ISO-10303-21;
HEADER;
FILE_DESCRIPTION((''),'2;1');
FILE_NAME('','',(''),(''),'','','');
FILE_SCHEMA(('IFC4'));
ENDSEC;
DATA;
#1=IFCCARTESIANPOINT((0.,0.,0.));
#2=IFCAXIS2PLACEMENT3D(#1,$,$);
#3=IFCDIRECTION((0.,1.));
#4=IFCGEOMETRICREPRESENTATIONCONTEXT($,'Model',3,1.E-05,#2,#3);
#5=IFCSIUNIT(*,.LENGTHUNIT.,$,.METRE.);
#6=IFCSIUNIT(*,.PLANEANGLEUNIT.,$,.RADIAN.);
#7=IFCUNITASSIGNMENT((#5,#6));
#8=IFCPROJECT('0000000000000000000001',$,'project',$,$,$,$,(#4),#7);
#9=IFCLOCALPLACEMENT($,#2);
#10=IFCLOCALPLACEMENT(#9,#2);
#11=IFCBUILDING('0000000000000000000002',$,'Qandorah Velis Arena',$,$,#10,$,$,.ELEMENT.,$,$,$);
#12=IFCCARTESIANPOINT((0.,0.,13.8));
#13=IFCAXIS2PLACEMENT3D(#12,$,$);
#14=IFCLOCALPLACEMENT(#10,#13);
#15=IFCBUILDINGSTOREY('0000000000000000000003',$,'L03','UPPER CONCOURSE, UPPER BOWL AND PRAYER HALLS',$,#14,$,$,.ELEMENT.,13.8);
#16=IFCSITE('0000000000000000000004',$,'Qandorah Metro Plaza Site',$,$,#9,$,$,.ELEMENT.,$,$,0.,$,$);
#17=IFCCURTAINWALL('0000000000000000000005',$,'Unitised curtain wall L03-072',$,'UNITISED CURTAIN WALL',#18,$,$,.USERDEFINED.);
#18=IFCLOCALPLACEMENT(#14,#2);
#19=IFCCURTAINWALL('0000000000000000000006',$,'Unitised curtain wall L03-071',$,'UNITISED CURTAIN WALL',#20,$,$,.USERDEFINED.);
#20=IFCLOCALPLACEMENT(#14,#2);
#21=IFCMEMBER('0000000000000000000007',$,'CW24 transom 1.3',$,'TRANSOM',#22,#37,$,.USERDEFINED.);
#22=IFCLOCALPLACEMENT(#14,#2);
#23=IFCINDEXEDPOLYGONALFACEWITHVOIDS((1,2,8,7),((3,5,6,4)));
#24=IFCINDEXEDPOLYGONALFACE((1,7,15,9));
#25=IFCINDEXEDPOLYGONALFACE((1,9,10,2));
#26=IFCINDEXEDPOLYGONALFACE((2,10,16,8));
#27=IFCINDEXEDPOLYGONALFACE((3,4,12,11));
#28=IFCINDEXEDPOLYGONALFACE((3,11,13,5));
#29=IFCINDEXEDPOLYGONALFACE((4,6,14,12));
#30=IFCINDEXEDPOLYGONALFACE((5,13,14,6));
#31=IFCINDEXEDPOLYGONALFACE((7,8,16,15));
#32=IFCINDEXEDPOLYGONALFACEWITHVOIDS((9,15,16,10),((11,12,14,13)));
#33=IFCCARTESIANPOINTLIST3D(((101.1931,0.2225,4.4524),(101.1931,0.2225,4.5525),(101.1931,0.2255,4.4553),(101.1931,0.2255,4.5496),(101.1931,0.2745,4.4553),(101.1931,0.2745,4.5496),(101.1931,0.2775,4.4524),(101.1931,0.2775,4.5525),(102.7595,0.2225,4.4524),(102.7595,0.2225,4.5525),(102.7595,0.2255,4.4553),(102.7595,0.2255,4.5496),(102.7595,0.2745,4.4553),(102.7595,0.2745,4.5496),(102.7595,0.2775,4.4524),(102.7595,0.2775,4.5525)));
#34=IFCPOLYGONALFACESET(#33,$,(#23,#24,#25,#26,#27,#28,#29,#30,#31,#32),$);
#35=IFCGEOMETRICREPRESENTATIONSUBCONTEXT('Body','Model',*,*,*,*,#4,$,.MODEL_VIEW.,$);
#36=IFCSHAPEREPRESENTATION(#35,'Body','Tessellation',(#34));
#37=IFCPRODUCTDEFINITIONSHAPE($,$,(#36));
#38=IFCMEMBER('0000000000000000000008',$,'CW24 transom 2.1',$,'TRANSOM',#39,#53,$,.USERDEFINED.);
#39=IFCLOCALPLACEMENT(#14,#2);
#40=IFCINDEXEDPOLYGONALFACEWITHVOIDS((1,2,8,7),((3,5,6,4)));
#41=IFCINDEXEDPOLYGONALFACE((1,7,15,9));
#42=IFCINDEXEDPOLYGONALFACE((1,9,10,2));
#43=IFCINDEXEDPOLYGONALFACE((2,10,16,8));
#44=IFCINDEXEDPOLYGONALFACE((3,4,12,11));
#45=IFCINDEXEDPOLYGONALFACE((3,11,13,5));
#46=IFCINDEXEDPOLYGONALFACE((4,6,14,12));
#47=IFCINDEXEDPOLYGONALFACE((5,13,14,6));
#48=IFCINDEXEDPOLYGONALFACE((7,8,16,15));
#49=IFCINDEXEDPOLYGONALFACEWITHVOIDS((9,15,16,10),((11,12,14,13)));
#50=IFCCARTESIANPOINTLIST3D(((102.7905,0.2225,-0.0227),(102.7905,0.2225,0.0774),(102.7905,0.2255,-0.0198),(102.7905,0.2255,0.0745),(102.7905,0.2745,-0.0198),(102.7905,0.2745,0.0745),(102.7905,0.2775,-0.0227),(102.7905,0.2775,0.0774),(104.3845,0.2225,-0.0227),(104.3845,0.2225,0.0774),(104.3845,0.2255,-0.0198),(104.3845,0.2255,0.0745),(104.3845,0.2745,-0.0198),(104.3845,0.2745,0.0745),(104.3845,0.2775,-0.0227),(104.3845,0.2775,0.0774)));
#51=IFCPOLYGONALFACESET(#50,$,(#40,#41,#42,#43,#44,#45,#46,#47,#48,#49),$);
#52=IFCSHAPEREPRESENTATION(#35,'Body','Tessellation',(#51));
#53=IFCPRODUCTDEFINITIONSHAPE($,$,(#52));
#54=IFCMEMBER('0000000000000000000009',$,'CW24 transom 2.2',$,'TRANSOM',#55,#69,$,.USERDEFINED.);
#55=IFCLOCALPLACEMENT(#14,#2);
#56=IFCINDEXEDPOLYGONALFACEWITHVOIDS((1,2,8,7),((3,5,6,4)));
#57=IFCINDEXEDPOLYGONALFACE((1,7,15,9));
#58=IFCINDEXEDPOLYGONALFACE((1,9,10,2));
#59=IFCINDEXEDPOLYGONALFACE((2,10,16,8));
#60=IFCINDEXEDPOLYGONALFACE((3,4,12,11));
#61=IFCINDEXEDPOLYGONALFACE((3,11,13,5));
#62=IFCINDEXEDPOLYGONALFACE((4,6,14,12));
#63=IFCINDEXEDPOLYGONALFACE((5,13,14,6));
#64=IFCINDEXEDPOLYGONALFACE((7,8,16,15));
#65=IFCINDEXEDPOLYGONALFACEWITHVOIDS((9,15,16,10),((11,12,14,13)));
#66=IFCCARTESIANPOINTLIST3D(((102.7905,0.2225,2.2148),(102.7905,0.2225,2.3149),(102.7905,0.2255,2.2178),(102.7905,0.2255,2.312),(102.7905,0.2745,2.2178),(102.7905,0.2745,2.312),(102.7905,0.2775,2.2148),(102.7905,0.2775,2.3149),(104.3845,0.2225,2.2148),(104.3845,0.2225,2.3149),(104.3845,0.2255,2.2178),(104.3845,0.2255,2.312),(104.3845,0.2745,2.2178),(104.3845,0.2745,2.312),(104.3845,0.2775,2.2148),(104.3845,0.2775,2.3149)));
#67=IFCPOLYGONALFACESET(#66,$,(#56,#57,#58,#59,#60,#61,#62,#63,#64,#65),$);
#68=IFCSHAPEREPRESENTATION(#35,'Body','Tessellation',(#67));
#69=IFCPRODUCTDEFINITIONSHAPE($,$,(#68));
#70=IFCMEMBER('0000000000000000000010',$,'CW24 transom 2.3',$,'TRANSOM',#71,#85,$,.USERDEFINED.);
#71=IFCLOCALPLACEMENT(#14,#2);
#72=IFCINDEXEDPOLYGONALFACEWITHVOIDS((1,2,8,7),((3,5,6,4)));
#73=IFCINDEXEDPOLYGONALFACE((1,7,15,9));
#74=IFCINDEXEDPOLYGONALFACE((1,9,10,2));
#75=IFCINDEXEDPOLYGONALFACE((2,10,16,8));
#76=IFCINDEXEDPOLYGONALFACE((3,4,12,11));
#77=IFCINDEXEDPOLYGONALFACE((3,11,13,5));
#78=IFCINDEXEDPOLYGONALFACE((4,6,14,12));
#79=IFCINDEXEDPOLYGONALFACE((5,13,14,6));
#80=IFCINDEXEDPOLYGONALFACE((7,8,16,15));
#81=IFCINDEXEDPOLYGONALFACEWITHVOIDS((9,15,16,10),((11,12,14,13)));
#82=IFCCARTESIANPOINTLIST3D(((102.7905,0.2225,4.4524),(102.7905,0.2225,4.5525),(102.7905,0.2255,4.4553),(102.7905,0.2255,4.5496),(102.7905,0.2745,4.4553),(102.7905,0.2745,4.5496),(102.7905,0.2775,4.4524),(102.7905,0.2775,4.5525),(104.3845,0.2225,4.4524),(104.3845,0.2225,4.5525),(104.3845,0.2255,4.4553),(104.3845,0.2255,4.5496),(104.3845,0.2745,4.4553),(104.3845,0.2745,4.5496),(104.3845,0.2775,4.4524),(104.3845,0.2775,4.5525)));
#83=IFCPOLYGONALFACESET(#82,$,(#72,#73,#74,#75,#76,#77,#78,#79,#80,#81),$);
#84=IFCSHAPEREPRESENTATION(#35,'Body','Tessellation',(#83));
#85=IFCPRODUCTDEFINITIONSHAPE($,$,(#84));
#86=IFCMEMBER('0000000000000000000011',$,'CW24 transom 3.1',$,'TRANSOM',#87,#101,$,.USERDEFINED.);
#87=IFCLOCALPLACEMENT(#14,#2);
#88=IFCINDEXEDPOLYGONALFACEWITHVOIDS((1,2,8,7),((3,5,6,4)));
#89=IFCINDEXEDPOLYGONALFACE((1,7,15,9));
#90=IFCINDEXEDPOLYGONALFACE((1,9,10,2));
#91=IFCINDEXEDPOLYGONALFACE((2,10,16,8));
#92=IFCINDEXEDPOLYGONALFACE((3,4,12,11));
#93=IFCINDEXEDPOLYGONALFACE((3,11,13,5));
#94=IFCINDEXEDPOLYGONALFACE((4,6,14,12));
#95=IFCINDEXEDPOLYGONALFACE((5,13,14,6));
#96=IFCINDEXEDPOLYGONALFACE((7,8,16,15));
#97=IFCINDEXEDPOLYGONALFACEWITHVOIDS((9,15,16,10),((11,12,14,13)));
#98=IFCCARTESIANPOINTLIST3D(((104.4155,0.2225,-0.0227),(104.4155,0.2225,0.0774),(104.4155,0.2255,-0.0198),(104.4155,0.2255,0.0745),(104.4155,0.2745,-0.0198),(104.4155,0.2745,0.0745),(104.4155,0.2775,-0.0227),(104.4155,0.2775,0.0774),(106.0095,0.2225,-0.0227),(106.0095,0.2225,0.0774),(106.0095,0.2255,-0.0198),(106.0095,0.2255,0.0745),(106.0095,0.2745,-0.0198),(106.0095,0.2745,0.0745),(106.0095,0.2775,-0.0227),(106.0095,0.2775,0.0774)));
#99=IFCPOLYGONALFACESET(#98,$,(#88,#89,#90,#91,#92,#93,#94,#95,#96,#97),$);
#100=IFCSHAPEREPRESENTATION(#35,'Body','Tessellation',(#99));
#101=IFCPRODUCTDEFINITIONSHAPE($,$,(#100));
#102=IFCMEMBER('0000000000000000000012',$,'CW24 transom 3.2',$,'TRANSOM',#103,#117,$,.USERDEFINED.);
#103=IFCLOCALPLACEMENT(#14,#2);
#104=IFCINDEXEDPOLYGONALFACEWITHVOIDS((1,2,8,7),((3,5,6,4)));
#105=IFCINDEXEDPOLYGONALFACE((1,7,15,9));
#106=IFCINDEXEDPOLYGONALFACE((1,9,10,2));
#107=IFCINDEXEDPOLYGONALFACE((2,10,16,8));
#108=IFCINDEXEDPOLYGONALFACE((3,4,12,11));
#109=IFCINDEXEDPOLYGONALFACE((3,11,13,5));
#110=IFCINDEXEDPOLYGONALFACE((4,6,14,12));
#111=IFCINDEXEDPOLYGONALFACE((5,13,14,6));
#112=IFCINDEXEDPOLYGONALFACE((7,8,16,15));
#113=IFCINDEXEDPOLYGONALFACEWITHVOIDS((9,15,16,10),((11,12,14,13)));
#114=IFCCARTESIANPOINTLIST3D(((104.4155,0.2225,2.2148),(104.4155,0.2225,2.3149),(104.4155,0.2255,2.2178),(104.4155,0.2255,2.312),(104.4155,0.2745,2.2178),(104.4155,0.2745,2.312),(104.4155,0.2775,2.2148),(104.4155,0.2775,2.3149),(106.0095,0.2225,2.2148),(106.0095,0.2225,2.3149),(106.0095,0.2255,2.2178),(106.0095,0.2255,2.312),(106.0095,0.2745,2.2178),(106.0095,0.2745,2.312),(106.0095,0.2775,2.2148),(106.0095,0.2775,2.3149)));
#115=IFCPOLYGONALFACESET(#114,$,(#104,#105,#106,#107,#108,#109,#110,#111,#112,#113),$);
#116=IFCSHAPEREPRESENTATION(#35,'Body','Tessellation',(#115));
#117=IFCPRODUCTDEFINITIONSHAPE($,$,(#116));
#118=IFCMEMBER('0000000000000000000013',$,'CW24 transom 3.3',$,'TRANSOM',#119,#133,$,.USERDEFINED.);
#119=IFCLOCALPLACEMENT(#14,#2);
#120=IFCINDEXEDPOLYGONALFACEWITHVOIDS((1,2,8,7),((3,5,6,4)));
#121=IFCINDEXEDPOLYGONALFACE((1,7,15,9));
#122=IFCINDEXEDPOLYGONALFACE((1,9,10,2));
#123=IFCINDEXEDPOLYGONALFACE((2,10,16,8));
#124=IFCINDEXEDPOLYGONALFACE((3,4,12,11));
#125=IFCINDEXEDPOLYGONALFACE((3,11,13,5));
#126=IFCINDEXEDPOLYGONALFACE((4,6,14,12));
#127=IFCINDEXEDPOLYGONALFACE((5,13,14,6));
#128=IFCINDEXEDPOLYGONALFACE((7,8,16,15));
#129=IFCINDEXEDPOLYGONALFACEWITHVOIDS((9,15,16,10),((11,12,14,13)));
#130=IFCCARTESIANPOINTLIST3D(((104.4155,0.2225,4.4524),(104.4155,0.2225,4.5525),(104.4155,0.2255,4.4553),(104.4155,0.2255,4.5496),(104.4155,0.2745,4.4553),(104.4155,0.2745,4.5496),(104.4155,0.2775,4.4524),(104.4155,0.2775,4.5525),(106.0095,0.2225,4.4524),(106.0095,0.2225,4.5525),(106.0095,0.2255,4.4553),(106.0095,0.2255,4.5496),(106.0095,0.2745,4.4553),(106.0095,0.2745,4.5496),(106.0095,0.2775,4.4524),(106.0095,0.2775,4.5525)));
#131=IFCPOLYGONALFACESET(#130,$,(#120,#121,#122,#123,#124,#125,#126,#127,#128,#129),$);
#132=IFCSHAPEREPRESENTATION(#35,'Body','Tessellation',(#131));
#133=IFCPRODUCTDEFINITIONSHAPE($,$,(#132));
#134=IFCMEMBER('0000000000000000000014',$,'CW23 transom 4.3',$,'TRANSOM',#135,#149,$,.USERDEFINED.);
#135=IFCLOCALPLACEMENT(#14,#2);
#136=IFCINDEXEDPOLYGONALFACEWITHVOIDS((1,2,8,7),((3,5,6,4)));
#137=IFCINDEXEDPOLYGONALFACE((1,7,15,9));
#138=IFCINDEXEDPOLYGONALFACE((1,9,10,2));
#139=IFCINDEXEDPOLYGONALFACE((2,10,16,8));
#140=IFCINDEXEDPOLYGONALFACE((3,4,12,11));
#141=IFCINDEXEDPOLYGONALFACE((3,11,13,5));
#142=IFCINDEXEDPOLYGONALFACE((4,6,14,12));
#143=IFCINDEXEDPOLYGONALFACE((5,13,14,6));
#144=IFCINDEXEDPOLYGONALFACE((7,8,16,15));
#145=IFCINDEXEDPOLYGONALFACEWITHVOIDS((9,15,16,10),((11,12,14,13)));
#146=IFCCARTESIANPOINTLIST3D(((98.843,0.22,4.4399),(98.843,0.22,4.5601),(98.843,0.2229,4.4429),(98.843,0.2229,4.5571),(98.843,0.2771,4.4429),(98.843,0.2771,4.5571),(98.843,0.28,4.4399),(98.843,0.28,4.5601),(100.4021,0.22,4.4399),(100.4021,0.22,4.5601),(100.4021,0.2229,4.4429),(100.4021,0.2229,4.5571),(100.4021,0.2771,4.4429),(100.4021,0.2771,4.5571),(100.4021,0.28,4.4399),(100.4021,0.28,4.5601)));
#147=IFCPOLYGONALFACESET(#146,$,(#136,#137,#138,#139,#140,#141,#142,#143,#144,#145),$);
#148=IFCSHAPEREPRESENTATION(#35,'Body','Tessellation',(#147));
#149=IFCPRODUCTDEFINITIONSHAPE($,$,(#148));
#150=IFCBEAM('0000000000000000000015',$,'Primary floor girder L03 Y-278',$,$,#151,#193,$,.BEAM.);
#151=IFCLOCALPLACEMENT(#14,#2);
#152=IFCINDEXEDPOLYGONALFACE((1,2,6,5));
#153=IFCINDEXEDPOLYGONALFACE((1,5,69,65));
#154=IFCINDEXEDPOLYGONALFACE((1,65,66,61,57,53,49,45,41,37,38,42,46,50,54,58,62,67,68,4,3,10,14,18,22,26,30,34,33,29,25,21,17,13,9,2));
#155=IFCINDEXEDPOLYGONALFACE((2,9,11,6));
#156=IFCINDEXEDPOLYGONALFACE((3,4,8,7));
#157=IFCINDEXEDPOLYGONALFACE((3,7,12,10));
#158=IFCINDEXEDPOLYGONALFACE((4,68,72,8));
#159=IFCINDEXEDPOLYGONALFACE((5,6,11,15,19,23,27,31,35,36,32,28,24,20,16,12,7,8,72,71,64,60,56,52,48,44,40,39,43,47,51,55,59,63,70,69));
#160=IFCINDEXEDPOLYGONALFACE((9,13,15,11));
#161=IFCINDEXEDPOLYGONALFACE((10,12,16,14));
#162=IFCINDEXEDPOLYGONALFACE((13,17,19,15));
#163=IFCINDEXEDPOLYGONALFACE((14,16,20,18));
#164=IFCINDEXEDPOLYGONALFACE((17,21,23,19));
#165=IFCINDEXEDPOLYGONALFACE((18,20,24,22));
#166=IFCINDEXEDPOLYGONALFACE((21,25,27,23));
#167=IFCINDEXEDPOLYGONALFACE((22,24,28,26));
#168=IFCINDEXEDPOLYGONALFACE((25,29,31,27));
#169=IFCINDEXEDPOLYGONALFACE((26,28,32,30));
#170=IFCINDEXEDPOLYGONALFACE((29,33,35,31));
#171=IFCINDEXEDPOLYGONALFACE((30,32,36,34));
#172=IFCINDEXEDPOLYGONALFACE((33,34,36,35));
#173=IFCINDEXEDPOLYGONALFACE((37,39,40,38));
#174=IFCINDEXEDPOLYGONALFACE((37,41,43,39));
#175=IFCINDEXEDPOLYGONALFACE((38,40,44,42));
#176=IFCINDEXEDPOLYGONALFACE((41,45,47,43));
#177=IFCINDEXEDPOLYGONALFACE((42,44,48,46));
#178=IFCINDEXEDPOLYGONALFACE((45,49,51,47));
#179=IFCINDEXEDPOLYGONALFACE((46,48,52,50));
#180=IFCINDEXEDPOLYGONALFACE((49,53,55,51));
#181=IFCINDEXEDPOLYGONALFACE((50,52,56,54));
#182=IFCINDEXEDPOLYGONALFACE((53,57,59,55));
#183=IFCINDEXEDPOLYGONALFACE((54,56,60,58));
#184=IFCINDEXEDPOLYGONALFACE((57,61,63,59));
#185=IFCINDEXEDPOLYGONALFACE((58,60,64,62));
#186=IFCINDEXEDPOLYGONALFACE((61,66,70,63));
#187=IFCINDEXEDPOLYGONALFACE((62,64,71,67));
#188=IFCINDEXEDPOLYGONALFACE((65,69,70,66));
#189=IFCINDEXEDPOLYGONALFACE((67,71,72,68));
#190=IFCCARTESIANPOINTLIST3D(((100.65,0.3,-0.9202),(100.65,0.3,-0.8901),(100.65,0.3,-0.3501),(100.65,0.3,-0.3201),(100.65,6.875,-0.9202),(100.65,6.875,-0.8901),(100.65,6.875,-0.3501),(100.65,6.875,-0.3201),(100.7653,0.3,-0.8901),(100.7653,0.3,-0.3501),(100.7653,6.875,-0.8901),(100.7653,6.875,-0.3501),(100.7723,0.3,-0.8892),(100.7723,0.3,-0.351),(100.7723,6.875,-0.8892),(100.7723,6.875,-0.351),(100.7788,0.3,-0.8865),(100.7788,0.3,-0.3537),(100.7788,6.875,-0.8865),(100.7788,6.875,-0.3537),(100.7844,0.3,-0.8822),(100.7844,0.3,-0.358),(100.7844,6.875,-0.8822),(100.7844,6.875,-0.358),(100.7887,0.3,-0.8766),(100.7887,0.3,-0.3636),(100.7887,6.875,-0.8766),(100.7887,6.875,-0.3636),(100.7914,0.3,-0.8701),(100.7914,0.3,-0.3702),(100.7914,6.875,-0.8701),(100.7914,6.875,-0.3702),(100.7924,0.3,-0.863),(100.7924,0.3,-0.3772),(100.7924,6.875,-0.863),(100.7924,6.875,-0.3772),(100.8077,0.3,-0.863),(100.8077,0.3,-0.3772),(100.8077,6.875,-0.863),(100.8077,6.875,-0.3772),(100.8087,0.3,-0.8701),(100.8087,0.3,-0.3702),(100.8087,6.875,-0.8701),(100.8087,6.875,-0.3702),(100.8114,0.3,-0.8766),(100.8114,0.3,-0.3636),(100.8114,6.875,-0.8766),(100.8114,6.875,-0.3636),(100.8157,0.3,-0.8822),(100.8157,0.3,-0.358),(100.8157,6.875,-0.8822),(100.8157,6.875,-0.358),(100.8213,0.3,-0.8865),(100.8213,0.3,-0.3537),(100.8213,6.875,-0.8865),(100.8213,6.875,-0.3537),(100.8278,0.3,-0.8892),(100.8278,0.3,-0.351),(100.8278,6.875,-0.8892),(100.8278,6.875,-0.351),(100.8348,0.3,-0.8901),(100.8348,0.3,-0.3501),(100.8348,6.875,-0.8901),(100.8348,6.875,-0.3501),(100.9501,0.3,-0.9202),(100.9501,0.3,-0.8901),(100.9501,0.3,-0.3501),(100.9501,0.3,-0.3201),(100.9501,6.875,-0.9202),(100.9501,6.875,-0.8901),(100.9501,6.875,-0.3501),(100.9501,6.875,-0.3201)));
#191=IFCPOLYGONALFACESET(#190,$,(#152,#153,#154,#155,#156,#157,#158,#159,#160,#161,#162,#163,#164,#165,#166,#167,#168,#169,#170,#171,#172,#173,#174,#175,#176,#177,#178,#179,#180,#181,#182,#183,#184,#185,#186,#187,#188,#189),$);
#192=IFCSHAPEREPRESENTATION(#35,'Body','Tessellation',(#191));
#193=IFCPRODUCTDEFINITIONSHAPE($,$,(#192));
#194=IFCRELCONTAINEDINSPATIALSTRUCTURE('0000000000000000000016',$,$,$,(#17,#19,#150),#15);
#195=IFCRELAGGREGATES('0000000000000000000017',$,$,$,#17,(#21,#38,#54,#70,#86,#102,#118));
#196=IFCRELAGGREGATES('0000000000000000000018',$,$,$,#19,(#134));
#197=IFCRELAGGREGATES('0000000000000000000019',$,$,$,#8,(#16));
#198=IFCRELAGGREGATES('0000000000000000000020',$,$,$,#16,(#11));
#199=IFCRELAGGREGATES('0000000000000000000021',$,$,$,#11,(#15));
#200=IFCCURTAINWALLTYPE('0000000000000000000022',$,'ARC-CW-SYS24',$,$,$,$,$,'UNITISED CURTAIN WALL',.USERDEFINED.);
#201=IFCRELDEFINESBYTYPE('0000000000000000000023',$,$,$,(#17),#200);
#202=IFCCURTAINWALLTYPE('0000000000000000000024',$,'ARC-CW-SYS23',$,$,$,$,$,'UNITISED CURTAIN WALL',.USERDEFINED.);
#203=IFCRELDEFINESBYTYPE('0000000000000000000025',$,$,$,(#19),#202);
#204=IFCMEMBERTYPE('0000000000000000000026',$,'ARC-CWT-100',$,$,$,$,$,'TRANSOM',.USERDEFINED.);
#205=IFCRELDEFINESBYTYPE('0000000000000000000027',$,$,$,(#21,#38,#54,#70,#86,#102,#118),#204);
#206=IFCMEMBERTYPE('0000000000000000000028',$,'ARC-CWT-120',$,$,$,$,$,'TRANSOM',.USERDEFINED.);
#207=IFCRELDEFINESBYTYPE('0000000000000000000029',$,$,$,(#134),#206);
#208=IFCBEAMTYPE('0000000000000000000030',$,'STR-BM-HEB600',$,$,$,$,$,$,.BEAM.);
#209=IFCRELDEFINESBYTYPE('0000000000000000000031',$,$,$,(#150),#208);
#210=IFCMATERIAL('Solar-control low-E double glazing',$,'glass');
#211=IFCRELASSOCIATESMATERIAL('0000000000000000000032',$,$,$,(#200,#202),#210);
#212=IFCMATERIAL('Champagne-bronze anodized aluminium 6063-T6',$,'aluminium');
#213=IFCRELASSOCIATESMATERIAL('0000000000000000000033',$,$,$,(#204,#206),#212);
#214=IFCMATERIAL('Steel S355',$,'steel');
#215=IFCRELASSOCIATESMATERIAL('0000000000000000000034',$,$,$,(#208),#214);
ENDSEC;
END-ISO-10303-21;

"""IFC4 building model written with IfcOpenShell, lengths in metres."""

from ifc_helpers import new_model, si_unit, direction, frame, origin, origin_2d, place, context, subcontext, project, spatial, hollow_rectangle, i_section, extrude, material, material_profile, profile_set, type_object, element, aggregate, save


model = new_model("IFC4")

# Units and contexts
model_context = context("Model", 3, precision=1e-05, world=origin(), true_north=direction((0.0, 1.0)))
body_context = subcontext(model_context, "Body", "Model", "MODEL_VIEW")
ifc_project = project(units=[si_unit("LENGTHUNIT", "METRE"), si_unit("PLANEANGLEUNIT", "RADIAN")], contexts=[model_context])

# Site, building, storey
site_placement = place(None, origin())
site = spatial("IfcSite", under=ifc_project, at=site_placement, Name="Qandorah Metro Plaza Site", CompositionType="ELEMENT", RefElevation=0.0)
building_placement = place(site_placement, origin())
building = spatial("IfcBuilding", under=site, at=building_placement, Name="Qandorah Velis Arena", CompositionType="ELEMENT")
storey_placement = place(building_placement, frame((0.0, 0.0, 13.8)))
storey = spatial("IfcBuildingStorey", under=building, at=storey_placement, Name="L03", Description="UPPER CONCOURSE, UPPER BOWL AND PRAYER HALLS", CompositionType="ELEMENT", Elevation=13.8)

# Curtain wall
ifc_material_1 = material(Name="Solar-control low-E double glazing", Category="glass")
curtain_wall_type_1 = type_object("IfcCurtainWallType", Name="ARC-CW-SYS24", ElementType="UNITISED CURTAIN WALL", PredefinedType="USERDEFINED", material=ifc_material_1)
curtain_wall_1_placement = place(storey_placement, origin())
curtain_wall_1 = element("IfcCurtainWall", 1, at=curtain_wall_1_placement, inside=storey, type_object=curtain_wall_type_1, Name="Unitised curtain wall L03-072", ObjectType="UNITISED CURTAIN WALL", PredefinedType="USERDEFINED")
ifc_material_2 = material(Name="Champagne-bronze anodized aluminium 6063-T6", Category="aluminium")

# Curtain wall
curtain_wall_type_2 = type_object("IfcCurtainWallType", Name="ARC-CW-SYS23", ElementType="UNITISED CURTAIN WALL", PredefinedType="USERDEFINED", material=ifc_material_1)
curtain_wall_2_placement = place(storey_placement, origin())
curtain_wall_2 = element("IfcCurtainWall", 2, at=curtain_wall_2_placement, inside=storey, type_object=curtain_wall_type_2, Name="Unitised curtain wall L03-071", ObjectType="UNITISED CURTAIN WALL", PredefinedType="USERDEFINED")

# Members
ifc_material_profile_1 = material_profile(ifc_material_2, hollow_rectangle(XDim=0.0549, YDim=0.1001, WallThickness=0.0029, at=origin_2d()), Name="ALU TRANSOM 55x100")
ifc_profile_set_1 = profile_set([ifc_material_profile_1], Name="Champagne-bronze anodized aluminium 6063-T6")
member_type_1 = type_object("IfcMemberType", Name="ARC-CWT-100", ElementType="TRANSOM", PredefinedType="USERDEFINED", material=ifc_profile_set_1)
member_1_placement = place(storey_placement, frame((101.1931, 0.25, 4.5024), z_axis=(1.0, 0.0, 0.0), x_axis=(0.0, 1.0, 0.0)))
member_1 = element("IfcMember", 3, at=member_1_placement, type_object=member_type_1, Name="CW24 transom 1.3", ObjectType="TRANSOM", PredefinedType="USERDEFINED", context=body_context, shape_type="SweptSolid", body=[
    extrude(hollow_rectangle(XDim=0.0549, YDim=0.1001, WallThickness=0.0029, at=origin_2d()), origin(), (0.0, 0.0, 1.0), 1.5664),
])
member_2_placement = place(storey_placement, frame((102.7905, 0.25, 0.0273), z_axis=(1.0, 0.0, 0.0), x_axis=(0.0, 1.0, 0.0)))
member_2 = element("IfcMember", 4, at=member_2_placement, type_object=member_type_1, Name="CW24 transom 2.1", ObjectType="TRANSOM", PredefinedType="USERDEFINED", context=body_context, shape_type="SweptSolid", body=[
    extrude(hollow_rectangle(XDim=0.0549, YDim=0.1001, WallThickness=0.0029, at=origin_2d()), origin(), (0.0, 0.0, 1.0), 1.594),
])
member_3_placement = place(storey_placement, frame((102.7905, 0.25, 2.2649), z_axis=(1.0, 0.0, 0.0), x_axis=(0.0, 1.0, 0.0)))
member_3 = element("IfcMember", 5, at=member_3_placement, type_object=member_type_1, Name="CW24 transom 2.2", ObjectType="TRANSOM", PredefinedType="USERDEFINED", context=body_context, shape_type="SweptSolid", body=[
    extrude(hollow_rectangle(XDim=0.0549, YDim=0.1001, WallThickness=0.0029, at=origin_2d()), origin(), (0.0, 0.0, 1.0), 1.594),
])
member_4_placement = place(storey_placement, frame((102.7905, 0.25, 4.5024), z_axis=(1.0, 0.0, 0.0), x_axis=(0.0, 1.0, 0.0)))
member_4 = element("IfcMember", 6, at=member_4_placement, type_object=member_type_1, Name="CW24 transom 2.3", ObjectType="TRANSOM", PredefinedType="USERDEFINED", context=body_context, shape_type="SweptSolid", body=[
    extrude(hollow_rectangle(XDim=0.0549, YDim=0.1001, WallThickness=0.0029, at=origin_2d()), origin(), (0.0, 0.0, 1.0), 1.594),
])
member_5_placement = place(storey_placement, frame((104.4155, 0.25, 0.0273), z_axis=(1.0, 0.0, 0.0), x_axis=(0.0, 1.0, 0.0)))
member_5 = element("IfcMember", 7, at=member_5_placement, type_object=member_type_1, Name="CW24 transom 3.1", ObjectType="TRANSOM", PredefinedType="USERDEFINED", context=body_context, shape_type="SweptSolid", body=[
    extrude(hollow_rectangle(XDim=0.0549, YDim=0.1001, WallThickness=0.0029, at=origin_2d()), origin(), (0.0, 0.0, 1.0), 1.594),
])
member_6_placement = place(storey_placement, frame((104.4155, 0.25, 2.2649), z_axis=(1.0, 0.0, 0.0), x_axis=(0.0, 1.0, 0.0)))
member_6 = element("IfcMember", 8, at=member_6_placement, type_object=member_type_1, Name="CW24 transom 3.2", ObjectType="TRANSOM", PredefinedType="USERDEFINED", context=body_context, shape_type="SweptSolid", body=[
    extrude(hollow_rectangle(XDim=0.0549, YDim=0.1001, WallThickness=0.0029, at=origin_2d()), origin(), (0.0, 0.0, 1.0), 1.594),
])
member_7_placement = place(storey_placement, frame((104.4155, 0.25, 4.5024), z_axis=(1.0, 0.0, 0.0), x_axis=(0.0, 1.0, 0.0)))
member_7 = element("IfcMember", 9, at=member_7_placement, type_object=member_type_1, Name="CW24 transom 3.3", ObjectType="TRANSOM", PredefinedType="USERDEFINED", context=body_context, shape_type="SweptSolid", body=[
    extrude(hollow_rectangle(XDim=0.0549, YDim=0.1001, WallThickness=0.0029, at=origin_2d()), origin(), (0.0, 0.0, 1.0), 1.594),
])
ifc_material_profile_2 = material_profile(ifc_material_2, hollow_rectangle(XDim=0.0601, YDim=0.1201, WallThickness=0.0029, at=origin_2d()), Name="ALU TRANSOM 60x120")
ifc_profile_set_2 = profile_set([ifc_material_profile_2], Name="Champagne-bronze anodized aluminium 6063-T6")
member_type_2 = type_object("IfcMemberType", Name="ARC-CWT-120", ElementType="TRANSOM", PredefinedType="USERDEFINED", material=ifc_profile_set_2)
member_8_placement = place(storey_placement, frame((98.843, 0.25, 4.5), z_axis=(1.0, 0.0, 0.0), x_axis=(0.0, 1.0, 0.0)))
member_8 = element("IfcMember", 10, at=member_8_placement, type_object=member_type_2, Name="CW23 transom 4.3", ObjectType="TRANSOM", PredefinedType="USERDEFINED", context=body_context, shape_type="SweptSolid", body=[
    extrude(hollow_rectangle(XDim=0.0601, YDim=0.1201, WallThickness=0.0029, at=origin_2d()), origin(), (0.0, 0.0, 1.0), 1.5591),
])

# Beam
ifc_material_3 = material(Name="Steel S355", Category="steel")
ifc_material_profile_3 = material_profile(ifc_material_3, i_section(OverallWidth=0.3, OverallDepth=0.6001, WebThickness=0.0154, FlangeThickness=0.03, FilletRadius=0.0271, at=origin_2d()), Name="HEB 600")
ifc_profile_set_3 = profile_set([ifc_material_profile_3], Name="Steel S355")
beam_type_1 = type_object("IfcBeamType", Name="STR-BM-HEB600", PredefinedType="BEAM", material=ifc_profile_set_3)
beam_1_placement = place(storey_placement, frame((100.8, 0.3, -0.6201), z_axis=(0.0, 1.0, 0.0), x_axis=(-1.0, 0.0, 0.0)))
element("IfcBeam", 11, at=beam_1_placement, inside=storey, type_object=beam_type_1, Name="Primary floor girder L03 Y-278", PredefinedType="BEAM", context=body_context, shape_type="SweptSolid", body=[
    extrude(i_section(OverallWidth=0.3, OverallDepth=0.6001, WebThickness=0.0154, FlangeThickness=0.03, FilletRadius=0.0271, at=origin_2d()), origin(), (0.0, 0.0, 1.0), 6.575),
])

aggregate(curtain_wall_1, [member_1, member_2, member_3, member_4, member_5, member_6, member_7])
aggregate(curtain_wall_2, [member_8])

save(model, "model.ifc")
